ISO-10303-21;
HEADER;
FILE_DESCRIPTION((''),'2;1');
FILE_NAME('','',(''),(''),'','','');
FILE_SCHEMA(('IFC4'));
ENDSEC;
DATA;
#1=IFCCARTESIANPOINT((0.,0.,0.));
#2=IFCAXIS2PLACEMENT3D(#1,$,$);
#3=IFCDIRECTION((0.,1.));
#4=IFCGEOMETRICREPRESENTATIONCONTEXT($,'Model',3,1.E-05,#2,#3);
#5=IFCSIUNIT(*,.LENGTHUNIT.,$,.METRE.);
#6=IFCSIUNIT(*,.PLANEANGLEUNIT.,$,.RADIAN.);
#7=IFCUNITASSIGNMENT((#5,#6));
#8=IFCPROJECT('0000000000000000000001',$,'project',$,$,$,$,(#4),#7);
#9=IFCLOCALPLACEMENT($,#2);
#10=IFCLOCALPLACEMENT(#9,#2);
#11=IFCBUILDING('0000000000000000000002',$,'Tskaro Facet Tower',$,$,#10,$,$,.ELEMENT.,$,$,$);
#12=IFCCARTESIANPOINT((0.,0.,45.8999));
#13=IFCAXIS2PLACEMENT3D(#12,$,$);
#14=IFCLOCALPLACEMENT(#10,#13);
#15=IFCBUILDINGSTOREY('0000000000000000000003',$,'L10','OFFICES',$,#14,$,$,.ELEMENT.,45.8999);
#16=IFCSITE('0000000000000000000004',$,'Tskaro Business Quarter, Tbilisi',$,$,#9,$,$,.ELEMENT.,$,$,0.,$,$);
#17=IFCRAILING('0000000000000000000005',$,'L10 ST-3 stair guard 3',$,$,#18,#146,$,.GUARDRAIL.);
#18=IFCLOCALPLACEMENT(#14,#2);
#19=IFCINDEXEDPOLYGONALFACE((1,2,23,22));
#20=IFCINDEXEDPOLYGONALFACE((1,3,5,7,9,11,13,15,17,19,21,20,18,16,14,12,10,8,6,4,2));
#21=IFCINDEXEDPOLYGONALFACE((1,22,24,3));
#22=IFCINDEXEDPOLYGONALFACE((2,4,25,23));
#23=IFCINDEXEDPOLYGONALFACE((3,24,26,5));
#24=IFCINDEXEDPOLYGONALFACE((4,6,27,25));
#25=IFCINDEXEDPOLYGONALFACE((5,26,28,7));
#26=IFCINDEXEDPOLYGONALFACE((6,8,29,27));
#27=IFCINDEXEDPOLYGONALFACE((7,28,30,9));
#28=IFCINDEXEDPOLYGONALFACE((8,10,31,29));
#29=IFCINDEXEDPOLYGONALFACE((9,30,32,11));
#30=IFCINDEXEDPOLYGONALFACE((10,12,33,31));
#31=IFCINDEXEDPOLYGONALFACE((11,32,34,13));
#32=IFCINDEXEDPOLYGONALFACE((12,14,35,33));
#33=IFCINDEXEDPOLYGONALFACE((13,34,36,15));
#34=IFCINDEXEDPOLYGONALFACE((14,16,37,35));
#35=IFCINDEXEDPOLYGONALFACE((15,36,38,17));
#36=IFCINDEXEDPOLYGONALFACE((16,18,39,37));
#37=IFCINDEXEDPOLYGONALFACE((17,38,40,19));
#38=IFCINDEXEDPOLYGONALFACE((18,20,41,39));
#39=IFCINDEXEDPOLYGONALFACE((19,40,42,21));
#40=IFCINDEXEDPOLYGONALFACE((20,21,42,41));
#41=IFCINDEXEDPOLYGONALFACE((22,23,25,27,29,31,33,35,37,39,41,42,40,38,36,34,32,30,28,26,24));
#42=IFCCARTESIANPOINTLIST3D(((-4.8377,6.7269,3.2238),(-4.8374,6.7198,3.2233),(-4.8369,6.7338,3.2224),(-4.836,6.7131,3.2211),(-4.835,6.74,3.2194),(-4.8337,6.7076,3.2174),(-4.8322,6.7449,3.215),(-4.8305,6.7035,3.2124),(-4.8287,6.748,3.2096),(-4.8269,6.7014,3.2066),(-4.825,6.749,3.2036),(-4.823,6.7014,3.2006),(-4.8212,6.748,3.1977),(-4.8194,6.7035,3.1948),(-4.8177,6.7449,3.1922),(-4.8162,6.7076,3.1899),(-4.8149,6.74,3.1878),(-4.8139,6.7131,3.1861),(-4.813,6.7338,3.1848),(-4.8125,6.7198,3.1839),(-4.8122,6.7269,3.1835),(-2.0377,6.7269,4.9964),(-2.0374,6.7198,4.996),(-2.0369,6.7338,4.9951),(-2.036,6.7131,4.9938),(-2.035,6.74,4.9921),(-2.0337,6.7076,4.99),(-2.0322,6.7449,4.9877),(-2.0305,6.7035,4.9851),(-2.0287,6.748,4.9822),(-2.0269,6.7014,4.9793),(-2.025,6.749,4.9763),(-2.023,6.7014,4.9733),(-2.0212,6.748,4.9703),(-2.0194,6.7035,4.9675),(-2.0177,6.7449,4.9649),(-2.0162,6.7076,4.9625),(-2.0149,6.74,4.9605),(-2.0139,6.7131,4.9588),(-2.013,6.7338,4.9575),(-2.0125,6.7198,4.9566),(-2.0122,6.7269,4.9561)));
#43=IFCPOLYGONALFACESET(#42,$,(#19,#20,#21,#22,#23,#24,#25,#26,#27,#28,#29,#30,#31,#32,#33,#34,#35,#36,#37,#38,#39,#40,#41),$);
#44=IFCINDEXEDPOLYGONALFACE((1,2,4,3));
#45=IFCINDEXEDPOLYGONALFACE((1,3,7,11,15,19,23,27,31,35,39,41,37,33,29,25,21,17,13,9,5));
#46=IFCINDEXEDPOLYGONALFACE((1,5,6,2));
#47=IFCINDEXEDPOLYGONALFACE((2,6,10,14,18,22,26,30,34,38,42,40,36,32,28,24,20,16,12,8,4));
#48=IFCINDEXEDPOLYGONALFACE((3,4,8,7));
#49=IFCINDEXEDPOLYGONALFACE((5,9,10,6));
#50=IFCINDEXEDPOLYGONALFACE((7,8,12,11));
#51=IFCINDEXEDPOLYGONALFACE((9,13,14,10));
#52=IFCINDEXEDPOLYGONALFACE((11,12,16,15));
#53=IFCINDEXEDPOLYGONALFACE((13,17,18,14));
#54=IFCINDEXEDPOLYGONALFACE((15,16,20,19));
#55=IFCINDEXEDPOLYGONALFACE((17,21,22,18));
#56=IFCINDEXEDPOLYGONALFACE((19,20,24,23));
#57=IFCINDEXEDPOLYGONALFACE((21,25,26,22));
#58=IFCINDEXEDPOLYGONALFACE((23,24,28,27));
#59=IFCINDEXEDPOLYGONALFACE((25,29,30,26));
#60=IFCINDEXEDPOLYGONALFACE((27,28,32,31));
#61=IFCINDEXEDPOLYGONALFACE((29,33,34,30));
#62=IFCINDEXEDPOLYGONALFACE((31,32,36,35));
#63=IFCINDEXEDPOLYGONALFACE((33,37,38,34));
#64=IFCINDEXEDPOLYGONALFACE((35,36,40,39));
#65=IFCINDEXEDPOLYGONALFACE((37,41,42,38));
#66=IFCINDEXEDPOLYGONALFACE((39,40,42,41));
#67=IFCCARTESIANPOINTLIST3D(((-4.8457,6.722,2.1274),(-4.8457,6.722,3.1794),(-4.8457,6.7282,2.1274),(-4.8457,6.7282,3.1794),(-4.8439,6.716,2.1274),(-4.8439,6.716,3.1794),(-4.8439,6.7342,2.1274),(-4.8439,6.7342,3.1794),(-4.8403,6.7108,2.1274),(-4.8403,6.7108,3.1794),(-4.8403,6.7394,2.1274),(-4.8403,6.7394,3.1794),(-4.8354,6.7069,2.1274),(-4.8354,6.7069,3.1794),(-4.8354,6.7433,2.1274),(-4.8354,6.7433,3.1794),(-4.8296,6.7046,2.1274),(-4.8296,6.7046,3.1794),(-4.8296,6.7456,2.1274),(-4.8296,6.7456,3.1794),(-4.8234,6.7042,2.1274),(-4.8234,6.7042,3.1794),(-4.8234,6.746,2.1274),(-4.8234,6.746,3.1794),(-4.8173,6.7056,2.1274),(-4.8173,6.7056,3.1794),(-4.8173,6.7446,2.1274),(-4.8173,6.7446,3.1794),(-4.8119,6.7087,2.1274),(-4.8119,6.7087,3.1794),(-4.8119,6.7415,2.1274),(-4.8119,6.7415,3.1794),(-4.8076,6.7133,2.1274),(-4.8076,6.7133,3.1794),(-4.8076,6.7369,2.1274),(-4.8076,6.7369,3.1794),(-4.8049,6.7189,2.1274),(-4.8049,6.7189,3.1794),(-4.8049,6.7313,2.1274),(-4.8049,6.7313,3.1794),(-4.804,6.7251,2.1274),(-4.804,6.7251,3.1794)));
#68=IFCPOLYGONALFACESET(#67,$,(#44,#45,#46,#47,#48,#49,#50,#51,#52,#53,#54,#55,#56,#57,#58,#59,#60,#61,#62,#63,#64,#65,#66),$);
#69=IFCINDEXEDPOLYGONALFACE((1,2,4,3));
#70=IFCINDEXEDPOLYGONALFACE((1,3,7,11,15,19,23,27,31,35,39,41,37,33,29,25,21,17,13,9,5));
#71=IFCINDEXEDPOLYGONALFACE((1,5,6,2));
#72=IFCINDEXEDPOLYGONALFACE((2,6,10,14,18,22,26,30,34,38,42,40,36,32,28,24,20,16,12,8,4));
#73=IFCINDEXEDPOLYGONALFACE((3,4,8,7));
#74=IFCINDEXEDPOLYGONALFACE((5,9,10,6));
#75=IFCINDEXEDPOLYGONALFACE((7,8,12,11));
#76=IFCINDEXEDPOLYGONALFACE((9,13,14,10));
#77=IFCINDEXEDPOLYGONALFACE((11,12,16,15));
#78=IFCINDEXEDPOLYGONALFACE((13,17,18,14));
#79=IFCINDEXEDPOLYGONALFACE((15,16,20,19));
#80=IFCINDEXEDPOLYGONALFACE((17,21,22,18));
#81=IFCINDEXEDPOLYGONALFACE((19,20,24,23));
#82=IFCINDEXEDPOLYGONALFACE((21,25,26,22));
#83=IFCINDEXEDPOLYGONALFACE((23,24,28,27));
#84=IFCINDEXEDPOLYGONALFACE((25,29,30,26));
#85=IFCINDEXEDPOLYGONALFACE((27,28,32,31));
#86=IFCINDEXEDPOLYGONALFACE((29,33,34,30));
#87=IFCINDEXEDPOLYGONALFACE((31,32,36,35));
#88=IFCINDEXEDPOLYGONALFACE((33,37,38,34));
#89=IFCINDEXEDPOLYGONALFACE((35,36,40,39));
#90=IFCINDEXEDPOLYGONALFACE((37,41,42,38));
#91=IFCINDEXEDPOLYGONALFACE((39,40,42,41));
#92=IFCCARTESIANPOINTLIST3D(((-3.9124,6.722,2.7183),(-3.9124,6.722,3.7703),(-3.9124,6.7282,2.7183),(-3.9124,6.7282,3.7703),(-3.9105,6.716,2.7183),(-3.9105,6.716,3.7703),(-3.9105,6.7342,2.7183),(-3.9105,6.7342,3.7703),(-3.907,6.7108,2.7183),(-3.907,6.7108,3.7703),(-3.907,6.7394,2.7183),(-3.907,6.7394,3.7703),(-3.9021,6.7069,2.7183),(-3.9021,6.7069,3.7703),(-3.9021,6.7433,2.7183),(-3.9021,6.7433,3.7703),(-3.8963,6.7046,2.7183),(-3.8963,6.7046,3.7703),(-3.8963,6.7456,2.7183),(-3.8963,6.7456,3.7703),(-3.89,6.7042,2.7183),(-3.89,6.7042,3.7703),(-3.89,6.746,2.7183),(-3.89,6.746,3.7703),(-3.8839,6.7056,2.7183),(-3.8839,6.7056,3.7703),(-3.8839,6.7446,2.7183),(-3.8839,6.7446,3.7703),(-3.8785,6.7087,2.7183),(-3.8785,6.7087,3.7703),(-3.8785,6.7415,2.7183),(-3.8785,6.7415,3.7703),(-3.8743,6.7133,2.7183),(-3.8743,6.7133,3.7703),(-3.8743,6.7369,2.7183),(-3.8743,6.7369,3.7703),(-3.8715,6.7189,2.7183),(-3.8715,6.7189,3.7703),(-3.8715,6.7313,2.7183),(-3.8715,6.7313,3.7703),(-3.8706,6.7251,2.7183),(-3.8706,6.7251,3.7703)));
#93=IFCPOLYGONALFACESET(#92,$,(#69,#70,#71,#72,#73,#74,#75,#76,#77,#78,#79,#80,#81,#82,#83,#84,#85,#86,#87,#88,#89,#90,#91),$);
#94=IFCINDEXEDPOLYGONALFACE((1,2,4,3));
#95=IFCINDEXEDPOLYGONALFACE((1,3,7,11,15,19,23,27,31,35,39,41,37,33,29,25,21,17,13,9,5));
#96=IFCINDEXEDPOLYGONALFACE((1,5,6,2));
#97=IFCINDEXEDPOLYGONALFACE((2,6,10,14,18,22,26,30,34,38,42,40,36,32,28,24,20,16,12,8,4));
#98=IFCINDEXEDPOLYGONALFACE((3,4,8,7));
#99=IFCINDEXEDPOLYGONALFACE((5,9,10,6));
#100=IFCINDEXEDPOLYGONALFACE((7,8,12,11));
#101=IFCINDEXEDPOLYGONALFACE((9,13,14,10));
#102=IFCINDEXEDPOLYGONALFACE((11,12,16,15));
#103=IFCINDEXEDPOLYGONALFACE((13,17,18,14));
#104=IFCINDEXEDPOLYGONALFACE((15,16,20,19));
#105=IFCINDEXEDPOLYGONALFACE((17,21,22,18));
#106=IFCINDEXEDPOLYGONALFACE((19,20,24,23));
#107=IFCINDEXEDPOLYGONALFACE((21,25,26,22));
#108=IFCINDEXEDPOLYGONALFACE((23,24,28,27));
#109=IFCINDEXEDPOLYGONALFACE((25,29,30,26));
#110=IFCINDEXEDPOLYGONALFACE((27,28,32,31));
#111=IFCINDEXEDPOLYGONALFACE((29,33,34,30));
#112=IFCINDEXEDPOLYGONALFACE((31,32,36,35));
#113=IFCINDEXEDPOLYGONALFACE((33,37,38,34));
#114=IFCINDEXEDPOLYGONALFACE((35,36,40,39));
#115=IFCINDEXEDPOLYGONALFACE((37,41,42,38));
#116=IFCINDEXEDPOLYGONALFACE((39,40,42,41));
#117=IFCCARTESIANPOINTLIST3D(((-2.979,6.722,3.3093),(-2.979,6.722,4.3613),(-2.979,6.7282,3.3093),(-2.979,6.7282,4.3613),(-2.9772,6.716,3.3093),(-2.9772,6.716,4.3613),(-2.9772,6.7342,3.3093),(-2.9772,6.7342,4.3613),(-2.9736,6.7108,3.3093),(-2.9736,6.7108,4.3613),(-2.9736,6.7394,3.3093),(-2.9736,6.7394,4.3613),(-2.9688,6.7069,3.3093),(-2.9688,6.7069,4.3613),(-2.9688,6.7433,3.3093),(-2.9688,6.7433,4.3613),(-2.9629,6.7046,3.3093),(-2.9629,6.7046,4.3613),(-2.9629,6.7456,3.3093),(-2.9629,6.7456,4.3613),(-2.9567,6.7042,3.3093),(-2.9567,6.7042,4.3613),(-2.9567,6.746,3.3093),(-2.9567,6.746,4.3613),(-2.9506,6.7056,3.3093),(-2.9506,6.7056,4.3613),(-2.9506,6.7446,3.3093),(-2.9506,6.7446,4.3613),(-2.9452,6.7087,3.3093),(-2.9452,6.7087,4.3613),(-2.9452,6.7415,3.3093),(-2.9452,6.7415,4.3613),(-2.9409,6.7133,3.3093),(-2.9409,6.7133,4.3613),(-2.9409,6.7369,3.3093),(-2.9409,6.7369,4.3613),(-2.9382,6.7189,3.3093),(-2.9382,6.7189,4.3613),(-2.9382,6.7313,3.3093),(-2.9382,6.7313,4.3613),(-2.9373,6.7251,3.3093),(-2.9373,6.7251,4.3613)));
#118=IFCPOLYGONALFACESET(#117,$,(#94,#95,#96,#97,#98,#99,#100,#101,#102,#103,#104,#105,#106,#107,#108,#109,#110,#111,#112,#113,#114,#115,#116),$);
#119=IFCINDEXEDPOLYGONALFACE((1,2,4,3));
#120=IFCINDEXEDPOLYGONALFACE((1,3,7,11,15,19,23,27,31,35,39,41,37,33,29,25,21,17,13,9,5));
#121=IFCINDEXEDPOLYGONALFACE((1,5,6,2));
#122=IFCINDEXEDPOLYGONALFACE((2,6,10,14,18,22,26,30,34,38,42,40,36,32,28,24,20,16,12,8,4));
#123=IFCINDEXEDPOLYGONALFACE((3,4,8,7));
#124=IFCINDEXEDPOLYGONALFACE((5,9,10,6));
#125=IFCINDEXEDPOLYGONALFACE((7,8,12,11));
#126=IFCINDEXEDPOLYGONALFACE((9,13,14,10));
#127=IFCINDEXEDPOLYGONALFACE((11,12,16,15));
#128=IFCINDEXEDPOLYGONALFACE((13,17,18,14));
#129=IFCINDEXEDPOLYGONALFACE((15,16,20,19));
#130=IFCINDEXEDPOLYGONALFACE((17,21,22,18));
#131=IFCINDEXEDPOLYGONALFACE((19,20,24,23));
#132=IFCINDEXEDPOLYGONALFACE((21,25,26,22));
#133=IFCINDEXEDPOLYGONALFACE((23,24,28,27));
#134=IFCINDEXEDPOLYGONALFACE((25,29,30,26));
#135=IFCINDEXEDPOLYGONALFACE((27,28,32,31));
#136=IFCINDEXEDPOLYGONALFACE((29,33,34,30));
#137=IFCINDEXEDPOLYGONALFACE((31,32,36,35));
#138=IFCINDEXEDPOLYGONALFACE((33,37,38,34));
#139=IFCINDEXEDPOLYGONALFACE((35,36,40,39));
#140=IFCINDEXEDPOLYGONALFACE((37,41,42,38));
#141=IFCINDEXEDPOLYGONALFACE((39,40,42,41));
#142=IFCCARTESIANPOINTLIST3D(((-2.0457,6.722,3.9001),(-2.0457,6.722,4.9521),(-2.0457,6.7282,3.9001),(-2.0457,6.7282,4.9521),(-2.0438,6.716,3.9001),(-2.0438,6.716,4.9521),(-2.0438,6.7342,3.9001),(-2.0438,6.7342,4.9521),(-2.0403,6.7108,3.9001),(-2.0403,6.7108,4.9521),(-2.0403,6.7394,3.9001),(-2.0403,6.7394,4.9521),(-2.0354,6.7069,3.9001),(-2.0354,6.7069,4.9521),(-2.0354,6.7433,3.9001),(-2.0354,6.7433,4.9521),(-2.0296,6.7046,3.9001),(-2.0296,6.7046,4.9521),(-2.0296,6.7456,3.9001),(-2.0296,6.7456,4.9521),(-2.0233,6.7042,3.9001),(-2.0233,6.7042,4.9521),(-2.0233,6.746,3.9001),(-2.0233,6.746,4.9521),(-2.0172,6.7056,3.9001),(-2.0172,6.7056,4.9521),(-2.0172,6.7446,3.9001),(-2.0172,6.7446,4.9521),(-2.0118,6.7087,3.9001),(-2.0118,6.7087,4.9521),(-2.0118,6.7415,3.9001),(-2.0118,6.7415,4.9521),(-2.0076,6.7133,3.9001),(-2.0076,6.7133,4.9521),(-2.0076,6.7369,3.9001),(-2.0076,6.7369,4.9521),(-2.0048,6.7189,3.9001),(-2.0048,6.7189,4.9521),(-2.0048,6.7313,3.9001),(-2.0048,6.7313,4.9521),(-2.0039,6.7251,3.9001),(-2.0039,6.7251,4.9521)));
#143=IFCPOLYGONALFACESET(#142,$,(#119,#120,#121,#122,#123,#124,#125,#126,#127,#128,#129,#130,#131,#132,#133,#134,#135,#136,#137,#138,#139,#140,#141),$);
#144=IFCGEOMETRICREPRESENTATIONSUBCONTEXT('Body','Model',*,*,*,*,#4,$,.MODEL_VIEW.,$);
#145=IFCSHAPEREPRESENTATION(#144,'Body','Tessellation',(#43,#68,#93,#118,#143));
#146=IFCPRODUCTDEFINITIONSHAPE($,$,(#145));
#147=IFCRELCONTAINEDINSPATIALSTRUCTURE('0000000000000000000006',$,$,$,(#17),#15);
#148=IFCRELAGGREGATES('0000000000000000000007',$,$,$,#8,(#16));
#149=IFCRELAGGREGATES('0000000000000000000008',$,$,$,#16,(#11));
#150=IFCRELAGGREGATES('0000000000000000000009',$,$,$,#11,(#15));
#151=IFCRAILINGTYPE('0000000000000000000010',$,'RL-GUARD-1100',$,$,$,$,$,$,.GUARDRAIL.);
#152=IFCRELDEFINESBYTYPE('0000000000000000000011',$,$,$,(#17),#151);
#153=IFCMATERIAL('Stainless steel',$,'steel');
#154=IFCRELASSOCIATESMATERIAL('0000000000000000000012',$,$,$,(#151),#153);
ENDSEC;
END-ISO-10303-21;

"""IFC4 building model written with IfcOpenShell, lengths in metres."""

from ifc_helpers import new_model, si_unit, direction, frame, origin, origin_2d, place, context, subcontext, project, spatial, circle, extrude, material, type_object, element, save


model = new_model("IFC4")

# Units and contexts
model_context = context("Model", 3, precision=1e-05, world=origin(), true_north=direction((0.0, 1.0)))
body_context = subcontext(model_context, "Body", "Model", "MODEL_VIEW")
ifc_project = project(units=[si_unit("LENGTHUNIT", "METRE"), si_unit("PLANEANGLEUNIT", "RADIAN")], contexts=[model_context])

# Site, building, storey
site_placement = place(None, origin())
site = spatial("IfcSite", under=ifc_project, at=site_placement, Name="Tskaro Business Quarter, Tbilisi", CompositionType="ELEMENT", RefElevation=0.0)
building_placement = place(site_placement, origin())
building = spatial("IfcBuilding", under=site, at=building_placement, Name="Tskaro Facet Tower", CompositionType="ELEMENT")
storey_placement = place(building_placement, frame((0.0, 0.0, 45.8999)))
storey = spatial("IfcBuildingStorey", under=building, at=storey_placement, Name="L10", Description="OFFICES", CompositionType="ELEMENT", Elevation=45.8999)

# Railing
ifc_material_1 = material(Name="Stainless steel", Category="steel")
railing_type_1 = type_object("IfcRailingType", Name="RL-GUARD-1100", PredefinedType="GUARDRAIL", material=ifc_material_1)
railing_1_placement = place(storey_placement, frame((-4.825, 6.7251, 2.1274)))
element("IfcRailing", 1, at=railing_1_placement, inside=storey, type_object=railing_type_1, Name="L10 ST-3 stair guard 3", PredefinedType="GUARDRAIL", context=body_context, shape_type="SweptSolid", body=[
    extrude(circle(Radius=0.0239, at=origin_2d()), frame((0.0, 0.0, 1.0762), z_axis=(0.844909, 0.0, 0.53491), x_axis=(0.0, 1.0, 0.0)), (0.0, 0.0, 1.0), 3.314),
    extrude(circle(Radius=0.021, at=origin_2d()), origin(), (0.0, 0.0, 1.0), 1.052),
    extrude(circle(Radius=0.021, at=origin_2d()), frame((0.9333, 0.0, 0.5908)), (0.0, 0.0, 1.0), 1.052),
    extrude(circle(Radius=0.021, at=origin_2d()), frame((1.8667, 0.0, 1.1819)), (0.0, 0.0, 1.0), 1.052),
    extrude(circle(Radius=0.021, at=origin_2d()), frame((2.8, 0.0, 1.7727)), (0.0, 0.0, 1.0), 1.052),
])

save(model, "model.ifc")
